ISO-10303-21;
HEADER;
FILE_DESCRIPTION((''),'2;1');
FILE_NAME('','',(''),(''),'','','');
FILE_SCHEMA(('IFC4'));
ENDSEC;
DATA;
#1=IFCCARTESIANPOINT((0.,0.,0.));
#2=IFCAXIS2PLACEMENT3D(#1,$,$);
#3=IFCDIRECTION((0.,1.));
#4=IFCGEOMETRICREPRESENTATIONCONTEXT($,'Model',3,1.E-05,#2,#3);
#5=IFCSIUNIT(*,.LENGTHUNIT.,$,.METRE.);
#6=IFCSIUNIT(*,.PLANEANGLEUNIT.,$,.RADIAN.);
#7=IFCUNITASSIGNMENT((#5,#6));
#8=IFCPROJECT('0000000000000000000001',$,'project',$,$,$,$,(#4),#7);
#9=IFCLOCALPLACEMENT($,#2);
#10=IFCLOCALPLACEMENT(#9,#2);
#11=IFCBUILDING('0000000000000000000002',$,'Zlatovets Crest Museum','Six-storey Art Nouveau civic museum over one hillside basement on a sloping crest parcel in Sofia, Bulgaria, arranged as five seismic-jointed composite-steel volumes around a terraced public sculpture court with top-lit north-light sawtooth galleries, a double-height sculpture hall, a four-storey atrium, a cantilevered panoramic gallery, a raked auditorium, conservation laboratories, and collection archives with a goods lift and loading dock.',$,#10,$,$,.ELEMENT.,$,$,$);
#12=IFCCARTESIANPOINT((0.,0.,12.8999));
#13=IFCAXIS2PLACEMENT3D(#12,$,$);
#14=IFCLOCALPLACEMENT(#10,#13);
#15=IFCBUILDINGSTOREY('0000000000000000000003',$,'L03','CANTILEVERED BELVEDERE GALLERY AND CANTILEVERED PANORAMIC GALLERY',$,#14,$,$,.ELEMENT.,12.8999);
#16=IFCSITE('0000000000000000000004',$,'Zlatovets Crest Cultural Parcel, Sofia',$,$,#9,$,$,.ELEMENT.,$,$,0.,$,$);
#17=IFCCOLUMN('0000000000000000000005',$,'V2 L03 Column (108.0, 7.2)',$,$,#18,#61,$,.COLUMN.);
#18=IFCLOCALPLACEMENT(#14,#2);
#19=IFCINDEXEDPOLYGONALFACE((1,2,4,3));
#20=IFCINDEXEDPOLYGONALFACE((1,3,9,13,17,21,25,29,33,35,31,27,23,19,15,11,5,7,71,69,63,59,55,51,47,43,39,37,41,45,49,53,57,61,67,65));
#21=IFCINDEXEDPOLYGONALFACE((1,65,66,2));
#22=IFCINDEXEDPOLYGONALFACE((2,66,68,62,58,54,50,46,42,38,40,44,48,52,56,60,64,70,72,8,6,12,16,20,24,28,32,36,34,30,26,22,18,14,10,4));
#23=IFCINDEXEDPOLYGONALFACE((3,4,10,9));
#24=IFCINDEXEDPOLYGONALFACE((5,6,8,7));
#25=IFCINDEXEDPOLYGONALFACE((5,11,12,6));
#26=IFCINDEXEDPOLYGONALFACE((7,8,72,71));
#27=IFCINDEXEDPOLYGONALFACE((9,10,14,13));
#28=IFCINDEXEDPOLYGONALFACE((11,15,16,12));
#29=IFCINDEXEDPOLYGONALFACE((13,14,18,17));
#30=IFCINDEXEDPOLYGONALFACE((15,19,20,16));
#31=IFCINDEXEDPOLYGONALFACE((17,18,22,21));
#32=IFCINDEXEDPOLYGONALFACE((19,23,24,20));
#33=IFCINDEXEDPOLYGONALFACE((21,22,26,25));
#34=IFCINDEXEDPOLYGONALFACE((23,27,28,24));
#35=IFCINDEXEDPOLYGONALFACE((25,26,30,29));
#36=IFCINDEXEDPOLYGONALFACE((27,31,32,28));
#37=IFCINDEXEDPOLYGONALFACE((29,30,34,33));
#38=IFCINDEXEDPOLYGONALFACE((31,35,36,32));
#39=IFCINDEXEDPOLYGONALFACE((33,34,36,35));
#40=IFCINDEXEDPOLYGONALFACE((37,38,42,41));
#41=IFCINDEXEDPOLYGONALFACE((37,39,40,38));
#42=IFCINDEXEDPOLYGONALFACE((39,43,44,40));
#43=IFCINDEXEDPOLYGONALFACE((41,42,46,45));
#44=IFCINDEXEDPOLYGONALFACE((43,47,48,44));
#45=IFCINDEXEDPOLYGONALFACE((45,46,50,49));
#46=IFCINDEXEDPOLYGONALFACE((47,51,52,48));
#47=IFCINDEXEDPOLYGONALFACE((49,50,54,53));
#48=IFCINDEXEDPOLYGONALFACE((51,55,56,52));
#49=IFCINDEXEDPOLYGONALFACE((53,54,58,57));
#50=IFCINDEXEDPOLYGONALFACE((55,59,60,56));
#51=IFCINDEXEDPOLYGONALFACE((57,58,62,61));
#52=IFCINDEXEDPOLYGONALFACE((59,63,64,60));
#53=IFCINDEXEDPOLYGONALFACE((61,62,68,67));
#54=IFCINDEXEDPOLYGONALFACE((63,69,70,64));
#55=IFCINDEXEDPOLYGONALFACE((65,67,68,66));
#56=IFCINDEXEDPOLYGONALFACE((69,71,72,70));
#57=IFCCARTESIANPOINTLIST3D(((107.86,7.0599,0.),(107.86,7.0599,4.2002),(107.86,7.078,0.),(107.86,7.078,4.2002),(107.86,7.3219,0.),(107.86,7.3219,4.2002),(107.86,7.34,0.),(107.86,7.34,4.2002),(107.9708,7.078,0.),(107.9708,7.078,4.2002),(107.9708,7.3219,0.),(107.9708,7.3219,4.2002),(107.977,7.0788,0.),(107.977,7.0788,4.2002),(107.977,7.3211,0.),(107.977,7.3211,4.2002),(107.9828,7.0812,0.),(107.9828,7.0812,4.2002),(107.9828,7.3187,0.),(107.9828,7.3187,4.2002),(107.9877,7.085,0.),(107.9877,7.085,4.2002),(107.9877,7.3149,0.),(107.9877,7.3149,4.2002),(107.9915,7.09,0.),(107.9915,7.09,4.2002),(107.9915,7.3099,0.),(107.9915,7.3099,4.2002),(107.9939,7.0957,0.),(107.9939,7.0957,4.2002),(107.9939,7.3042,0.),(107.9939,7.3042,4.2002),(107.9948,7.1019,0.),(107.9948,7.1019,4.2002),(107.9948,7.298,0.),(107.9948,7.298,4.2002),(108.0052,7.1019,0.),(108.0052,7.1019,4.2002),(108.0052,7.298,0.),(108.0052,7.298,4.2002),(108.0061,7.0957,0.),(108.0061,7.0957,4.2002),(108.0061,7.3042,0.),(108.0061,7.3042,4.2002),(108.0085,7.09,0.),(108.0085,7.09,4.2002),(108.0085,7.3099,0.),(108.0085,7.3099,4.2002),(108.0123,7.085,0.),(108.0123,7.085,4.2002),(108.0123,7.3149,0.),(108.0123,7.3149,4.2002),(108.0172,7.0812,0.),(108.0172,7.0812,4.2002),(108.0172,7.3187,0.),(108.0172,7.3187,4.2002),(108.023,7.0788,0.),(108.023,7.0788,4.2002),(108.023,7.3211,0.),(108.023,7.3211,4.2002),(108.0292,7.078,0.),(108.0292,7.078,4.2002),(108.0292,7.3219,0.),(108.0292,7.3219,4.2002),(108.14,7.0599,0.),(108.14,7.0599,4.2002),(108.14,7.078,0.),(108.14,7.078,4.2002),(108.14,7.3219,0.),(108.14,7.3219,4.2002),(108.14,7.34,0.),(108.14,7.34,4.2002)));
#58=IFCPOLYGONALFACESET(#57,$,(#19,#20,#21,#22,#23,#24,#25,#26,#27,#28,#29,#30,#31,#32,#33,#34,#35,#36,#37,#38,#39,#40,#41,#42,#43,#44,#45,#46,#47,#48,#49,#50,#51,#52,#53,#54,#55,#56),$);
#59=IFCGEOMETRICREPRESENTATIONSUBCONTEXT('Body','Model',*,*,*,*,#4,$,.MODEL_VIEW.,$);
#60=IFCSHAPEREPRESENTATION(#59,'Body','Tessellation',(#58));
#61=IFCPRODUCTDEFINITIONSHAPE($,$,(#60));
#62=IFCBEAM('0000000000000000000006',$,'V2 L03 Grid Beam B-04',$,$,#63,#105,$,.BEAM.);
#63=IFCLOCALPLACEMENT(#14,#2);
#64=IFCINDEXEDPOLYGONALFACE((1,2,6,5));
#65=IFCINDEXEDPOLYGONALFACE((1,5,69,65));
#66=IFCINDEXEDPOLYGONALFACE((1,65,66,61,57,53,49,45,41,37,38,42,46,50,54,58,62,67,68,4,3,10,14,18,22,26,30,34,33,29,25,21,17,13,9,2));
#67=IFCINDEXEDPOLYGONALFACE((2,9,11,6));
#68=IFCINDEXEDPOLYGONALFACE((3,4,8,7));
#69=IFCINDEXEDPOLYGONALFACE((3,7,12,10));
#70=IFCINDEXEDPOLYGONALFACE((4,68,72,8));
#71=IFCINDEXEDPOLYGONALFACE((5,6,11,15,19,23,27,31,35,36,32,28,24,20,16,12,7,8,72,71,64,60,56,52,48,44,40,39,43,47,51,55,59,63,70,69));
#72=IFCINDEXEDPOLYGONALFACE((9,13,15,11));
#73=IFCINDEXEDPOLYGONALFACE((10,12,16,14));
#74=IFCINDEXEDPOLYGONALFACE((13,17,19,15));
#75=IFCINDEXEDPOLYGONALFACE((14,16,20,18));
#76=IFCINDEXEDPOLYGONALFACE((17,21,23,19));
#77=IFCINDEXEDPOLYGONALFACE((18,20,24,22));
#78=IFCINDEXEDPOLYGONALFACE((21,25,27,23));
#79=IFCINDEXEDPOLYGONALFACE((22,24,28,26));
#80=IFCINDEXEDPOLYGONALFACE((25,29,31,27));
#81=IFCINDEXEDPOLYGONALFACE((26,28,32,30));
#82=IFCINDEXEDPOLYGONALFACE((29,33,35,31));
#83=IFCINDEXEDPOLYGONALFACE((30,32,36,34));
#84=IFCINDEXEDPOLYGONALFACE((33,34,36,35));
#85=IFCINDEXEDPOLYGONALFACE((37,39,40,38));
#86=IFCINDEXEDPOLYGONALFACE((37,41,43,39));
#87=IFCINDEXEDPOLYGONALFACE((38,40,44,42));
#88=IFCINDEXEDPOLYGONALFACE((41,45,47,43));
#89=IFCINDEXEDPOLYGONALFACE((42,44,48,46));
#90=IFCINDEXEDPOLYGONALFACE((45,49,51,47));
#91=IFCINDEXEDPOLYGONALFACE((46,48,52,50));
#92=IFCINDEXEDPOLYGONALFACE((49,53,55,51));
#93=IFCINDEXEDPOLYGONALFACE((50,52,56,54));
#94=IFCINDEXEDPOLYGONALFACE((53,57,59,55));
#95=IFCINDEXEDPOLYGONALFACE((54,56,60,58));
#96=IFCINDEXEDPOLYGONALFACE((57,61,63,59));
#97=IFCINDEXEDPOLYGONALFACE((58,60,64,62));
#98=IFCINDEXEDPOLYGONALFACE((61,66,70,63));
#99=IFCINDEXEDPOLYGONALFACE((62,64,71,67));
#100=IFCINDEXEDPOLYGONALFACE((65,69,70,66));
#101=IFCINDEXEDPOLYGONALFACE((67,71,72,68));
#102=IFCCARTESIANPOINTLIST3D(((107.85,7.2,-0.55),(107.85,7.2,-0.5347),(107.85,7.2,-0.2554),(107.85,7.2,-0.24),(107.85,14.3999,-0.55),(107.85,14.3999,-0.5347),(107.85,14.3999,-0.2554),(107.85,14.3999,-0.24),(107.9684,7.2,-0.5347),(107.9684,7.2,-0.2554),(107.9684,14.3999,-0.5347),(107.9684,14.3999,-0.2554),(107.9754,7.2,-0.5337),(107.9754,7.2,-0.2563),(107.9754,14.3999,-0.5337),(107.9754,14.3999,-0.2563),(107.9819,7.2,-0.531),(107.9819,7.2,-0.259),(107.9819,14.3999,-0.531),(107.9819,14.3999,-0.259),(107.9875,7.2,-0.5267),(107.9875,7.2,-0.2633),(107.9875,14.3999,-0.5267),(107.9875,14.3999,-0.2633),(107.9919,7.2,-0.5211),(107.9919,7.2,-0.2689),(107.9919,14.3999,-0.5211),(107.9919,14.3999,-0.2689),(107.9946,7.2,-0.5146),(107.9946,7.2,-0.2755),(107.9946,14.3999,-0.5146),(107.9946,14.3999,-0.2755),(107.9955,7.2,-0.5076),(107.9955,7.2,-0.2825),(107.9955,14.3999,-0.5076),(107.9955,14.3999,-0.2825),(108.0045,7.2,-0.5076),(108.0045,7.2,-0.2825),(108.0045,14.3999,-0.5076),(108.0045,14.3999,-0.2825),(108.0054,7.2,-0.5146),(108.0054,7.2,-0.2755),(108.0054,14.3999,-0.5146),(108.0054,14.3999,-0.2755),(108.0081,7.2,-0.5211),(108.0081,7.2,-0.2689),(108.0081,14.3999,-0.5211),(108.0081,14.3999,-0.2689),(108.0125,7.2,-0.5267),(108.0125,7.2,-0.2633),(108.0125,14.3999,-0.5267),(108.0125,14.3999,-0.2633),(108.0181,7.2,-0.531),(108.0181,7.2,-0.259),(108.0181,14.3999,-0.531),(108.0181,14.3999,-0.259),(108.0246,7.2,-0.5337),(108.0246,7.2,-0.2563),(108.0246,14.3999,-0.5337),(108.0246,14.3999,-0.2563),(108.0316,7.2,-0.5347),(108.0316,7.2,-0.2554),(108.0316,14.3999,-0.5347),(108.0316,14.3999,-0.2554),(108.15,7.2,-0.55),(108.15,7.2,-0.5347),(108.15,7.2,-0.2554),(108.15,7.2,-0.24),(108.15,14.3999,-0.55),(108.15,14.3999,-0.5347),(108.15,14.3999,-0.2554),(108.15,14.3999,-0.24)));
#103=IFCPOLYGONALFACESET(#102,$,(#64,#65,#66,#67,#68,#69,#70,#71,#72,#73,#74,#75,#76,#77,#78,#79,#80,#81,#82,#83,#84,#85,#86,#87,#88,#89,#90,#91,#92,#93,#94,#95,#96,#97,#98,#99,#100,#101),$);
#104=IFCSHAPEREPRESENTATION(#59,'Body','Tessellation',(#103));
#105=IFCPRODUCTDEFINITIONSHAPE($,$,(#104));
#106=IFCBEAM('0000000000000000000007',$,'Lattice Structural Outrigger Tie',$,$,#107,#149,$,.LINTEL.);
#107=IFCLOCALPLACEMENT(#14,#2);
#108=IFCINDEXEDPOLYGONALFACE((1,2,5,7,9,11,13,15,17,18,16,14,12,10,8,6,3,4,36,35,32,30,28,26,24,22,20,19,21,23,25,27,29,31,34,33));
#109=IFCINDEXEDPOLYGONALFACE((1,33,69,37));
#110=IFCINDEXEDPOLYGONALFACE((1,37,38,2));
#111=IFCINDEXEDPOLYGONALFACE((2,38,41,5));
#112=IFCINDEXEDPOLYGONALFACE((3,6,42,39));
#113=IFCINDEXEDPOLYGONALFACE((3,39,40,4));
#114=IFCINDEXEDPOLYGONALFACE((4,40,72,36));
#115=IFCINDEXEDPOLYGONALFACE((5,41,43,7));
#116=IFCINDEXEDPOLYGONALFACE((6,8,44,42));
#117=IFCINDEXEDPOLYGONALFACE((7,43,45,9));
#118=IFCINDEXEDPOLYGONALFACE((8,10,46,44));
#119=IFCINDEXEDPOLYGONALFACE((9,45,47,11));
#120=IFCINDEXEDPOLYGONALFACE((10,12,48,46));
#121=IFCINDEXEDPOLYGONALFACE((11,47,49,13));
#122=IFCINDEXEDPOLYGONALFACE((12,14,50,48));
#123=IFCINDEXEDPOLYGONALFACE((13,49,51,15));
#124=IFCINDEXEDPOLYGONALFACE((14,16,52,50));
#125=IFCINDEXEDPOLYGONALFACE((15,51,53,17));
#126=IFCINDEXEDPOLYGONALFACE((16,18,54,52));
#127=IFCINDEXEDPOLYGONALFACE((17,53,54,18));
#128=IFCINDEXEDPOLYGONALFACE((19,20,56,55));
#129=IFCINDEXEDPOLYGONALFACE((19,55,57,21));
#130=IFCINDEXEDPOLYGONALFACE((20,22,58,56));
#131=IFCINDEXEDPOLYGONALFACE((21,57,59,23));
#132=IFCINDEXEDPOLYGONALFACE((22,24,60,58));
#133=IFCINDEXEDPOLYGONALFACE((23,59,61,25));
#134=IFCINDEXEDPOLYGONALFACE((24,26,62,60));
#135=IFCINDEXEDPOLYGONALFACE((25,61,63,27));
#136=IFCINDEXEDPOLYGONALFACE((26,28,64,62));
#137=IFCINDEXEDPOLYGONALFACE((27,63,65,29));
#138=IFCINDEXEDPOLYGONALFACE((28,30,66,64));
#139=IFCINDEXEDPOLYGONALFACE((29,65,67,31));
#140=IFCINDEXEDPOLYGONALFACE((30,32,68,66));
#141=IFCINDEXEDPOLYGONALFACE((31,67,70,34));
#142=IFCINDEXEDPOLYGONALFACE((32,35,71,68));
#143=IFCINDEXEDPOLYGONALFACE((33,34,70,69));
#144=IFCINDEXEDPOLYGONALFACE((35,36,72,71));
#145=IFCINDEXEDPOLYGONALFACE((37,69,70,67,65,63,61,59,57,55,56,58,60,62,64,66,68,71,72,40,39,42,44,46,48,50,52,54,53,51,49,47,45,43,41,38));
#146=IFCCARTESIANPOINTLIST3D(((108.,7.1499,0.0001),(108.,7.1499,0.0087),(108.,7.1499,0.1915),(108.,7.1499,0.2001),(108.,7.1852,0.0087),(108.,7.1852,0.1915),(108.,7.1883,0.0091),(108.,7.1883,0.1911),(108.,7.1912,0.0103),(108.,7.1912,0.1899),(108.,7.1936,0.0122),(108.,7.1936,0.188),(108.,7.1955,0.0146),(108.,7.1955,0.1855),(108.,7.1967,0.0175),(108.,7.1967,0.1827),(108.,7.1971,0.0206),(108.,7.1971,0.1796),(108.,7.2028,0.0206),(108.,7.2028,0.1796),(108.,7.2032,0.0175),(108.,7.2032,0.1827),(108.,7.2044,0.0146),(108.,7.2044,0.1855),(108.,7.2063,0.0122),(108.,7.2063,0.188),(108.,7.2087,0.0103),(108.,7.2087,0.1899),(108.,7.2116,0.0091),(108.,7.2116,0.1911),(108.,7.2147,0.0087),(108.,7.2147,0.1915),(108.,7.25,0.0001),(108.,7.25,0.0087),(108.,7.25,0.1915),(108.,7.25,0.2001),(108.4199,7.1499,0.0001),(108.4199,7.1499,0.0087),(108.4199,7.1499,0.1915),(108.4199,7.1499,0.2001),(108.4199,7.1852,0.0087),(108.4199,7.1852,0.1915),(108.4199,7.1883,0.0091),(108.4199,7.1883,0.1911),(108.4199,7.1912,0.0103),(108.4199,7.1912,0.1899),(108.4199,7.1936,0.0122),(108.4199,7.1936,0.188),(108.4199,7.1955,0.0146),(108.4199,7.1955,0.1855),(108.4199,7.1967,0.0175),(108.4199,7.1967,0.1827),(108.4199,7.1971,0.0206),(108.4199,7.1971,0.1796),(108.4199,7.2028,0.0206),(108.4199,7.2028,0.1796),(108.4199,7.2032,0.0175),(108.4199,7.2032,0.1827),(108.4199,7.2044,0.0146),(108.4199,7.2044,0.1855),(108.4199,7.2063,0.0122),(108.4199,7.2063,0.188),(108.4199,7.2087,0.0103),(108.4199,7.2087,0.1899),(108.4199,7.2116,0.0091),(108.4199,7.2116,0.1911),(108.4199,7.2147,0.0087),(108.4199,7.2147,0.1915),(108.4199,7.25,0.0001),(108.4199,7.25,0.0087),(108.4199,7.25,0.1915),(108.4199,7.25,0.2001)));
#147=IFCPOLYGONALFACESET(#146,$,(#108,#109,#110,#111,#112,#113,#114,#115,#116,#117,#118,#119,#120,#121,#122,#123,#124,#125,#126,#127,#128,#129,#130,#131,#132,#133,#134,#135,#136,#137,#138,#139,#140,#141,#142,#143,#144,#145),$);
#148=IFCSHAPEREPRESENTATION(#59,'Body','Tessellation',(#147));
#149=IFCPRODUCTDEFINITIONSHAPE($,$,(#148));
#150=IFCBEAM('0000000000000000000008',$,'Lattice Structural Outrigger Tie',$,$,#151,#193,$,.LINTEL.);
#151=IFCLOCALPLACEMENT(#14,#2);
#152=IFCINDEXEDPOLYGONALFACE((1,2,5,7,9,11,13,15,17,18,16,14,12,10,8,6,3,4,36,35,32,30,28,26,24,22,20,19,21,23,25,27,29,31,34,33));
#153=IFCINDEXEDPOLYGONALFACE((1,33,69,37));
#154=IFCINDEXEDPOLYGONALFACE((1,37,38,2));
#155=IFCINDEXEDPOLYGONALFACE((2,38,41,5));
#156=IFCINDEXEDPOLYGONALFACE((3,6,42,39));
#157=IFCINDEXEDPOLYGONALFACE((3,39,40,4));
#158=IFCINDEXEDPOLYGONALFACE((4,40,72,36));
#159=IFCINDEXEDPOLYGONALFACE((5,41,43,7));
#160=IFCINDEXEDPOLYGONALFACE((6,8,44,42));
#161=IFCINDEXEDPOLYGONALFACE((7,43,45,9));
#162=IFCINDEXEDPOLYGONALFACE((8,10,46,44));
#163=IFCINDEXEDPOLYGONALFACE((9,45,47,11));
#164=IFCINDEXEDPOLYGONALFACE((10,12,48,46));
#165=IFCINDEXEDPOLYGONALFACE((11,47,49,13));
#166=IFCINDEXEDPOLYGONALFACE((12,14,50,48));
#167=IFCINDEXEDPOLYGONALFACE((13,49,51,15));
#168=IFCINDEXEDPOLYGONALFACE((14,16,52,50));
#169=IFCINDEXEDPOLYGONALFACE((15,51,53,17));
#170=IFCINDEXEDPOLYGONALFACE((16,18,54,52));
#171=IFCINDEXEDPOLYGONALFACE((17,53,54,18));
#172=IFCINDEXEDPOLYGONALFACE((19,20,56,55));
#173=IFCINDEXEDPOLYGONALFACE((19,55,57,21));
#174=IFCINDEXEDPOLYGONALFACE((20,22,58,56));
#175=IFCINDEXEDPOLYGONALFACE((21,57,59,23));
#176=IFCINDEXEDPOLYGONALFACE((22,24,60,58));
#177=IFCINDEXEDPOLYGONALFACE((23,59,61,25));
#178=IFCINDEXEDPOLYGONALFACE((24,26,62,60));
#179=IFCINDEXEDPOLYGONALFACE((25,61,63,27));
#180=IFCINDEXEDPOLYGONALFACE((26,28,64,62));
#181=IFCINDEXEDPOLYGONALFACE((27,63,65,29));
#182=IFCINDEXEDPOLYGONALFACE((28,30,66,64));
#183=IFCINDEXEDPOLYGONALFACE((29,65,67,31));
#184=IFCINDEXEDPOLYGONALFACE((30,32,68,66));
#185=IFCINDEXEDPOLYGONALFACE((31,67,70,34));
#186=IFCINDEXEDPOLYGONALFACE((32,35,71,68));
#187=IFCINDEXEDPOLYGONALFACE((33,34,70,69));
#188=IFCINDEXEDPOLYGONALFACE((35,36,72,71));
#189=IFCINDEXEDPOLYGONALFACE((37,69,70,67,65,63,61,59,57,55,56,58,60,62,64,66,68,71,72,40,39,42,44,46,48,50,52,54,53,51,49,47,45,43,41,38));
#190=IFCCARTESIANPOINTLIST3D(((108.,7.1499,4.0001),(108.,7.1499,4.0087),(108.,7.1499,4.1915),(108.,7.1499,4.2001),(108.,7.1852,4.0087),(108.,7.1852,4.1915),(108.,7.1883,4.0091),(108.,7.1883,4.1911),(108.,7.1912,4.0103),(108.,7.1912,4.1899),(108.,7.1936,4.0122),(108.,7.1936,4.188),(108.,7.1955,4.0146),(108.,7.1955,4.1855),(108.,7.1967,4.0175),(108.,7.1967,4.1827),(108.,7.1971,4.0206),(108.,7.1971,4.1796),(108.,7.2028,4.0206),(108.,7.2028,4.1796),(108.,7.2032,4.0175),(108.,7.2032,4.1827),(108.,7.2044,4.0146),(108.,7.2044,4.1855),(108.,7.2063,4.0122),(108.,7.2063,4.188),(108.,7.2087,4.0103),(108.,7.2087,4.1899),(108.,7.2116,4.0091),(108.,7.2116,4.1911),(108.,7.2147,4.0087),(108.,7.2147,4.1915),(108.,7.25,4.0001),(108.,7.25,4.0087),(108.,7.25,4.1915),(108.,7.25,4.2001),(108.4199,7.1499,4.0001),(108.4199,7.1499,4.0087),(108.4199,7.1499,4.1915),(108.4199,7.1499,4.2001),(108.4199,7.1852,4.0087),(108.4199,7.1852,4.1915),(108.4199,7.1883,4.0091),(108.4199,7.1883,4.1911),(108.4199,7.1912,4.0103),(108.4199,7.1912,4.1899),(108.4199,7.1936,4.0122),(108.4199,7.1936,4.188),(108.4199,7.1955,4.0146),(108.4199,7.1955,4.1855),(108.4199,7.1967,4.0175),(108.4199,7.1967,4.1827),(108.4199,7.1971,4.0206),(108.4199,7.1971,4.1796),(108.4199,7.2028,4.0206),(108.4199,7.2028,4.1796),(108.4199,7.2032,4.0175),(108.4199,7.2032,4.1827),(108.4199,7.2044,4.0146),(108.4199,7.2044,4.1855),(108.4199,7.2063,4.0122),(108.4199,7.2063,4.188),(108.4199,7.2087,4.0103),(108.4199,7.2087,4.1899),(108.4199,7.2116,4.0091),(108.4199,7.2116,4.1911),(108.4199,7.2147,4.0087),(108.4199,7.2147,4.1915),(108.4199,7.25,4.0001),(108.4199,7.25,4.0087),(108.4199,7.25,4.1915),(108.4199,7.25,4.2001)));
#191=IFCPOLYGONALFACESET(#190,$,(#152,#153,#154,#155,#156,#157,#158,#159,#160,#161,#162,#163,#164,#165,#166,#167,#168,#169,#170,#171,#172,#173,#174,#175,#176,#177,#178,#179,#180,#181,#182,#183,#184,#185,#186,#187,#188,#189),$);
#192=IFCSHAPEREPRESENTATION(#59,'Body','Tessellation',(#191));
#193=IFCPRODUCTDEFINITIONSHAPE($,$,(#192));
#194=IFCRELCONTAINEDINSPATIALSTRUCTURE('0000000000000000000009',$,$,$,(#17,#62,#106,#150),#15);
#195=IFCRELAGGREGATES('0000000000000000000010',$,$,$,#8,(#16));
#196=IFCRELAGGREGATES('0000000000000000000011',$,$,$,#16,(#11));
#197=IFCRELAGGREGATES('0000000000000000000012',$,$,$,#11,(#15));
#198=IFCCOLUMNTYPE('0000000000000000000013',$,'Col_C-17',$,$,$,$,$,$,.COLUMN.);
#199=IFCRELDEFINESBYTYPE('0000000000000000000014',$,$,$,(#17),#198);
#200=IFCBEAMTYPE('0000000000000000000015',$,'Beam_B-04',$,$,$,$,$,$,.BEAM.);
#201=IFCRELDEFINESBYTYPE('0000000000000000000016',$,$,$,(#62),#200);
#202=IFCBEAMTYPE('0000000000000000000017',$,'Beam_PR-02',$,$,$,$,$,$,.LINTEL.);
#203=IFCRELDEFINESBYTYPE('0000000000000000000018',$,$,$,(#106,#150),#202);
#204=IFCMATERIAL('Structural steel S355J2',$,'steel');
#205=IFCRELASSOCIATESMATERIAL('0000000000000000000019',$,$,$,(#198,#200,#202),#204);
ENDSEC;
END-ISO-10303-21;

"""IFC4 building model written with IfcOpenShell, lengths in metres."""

from ifc_helpers import new_model, si_unit, direction, frame, origin, origin_2d, place, context, subcontext, project, spatial, i_section, extrude, material, material_profile, profile_set, type_object, element, save


model = new_model("IFC4")

# Units and contexts
model_context = context("Model", 3, precision=1e-05, world=origin(), true_north=direction((0.0, 1.0)))
body_context = subcontext(model_context, "Body", "Model", "MODEL_VIEW")
ifc_project = project(units=[si_unit("LENGTHUNIT", "METRE"), si_unit("PLANEANGLEUNIT", "RADIAN")], contexts=[model_context])

# Site, building, storey
site_placement = place(None, origin())
site = spatial("IfcSite", under=ifc_project, at=site_placement, Name="Zlatovets Crest Cultural Parcel, Sofia", CompositionType="ELEMENT", RefElevation=0.0)
building_placement = place(site_placement, origin())
building = spatial("IfcBuilding", under=site, at=building_placement, Name="Zlatovets Crest Museum", Description="Six-storey Art Nouveau civic museum over one hillside basement on a sloping crest parcel in Sofia, Bulgaria, arranged as five seismic-jointed composite-steel volumes around a terraced public sculpture court with top-lit north-light sawtooth galleries, a double-height sculpture hall, a four-storey atrium, a cantilevered panoramic gallery, a raked auditorium, conservation laboratories, and collection archives with a goods lift and loading dock.", CompositionType="ELEMENT")
storey_placement = place(building_placement, frame((0.0, 0.0, 12.8999)))
storey = spatial("IfcBuildingStorey", under=building, at=storey_placement, Name="L03", Description="CANTILEVERED BELVEDERE GALLERY AND CANTILEVERED PANORAMIC GALLERY", CompositionType="ELEMENT", Elevation=12.8999)

# Column
ifc_material_1 = material(Name="Structural steel S355J2", Category="steel")
ifc_material_profile_1 = material_profile(ifc_material_1, i_section(OverallWidth=0.28, OverallDepth=0.28, WebThickness=0.0105, FlangeThickness=0.0181, FilletRadius=0.0239, at=origin_2d()), Name="HEB 280")
ifc_profile_set_1 = profile_set([ifc_material_profile_1], Name="Structural steel S355J2")
column_type = type_object("IfcColumnType", Name="Col_C-17", PredefinedType="COLUMN", material=ifc_profile_set_1)
column_placement = place(storey_placement, frame((108.0, 7.2, 0.0), z_axis=(0.0, 0.0, 1.0), x_axis=(1.0, 0.0, 0.0)))
element("IfcColumn", 1, at=column_placement, inside=storey, type_object=column_type, Name="V2 L03 Column (108.0, 7.2)", PredefinedType="COLUMN", context=body_context, shape_type="SweptSolid", body=[
    extrude(i_section(OverallWidth=0.28, OverallDepth=0.28, WebThickness=0.0105, FlangeThickness=0.0181, FilletRadius=0.0239, at=origin_2d()), origin(), (0.0, 0.0, 1.0), 4.2002),
])

# Beams
ifc_material_profile_2 = material_profile(ifc_material_1, i_section(OverallWidth=0.3, OverallDepth=0.3101, WebThickness=0.009, FlangeThickness=0.0154, FilletRadius=0.0271, at=origin_2d()), Name="HEA 320")
ifc_profile_set_2 = profile_set([ifc_material_profile_2], Name="Structural steel S355J2")
beam_type_1 = type_object("IfcBeamType", Name="Beam_B-04", PredefinedType="BEAM", material=ifc_profile_set_2)
beam_placement = place(storey_placement, frame((108.0, 7.2, -0.395), z_axis=(0.0, 1.0, 0.0), x_axis=(-1.0, 0.0, 0.0)))
element("IfcBeam", 2, at=beam_placement, inside=storey, type_object=beam_type_1, Name="V2 L03 Grid Beam B-04", PredefinedType="BEAM", context=body_context, shape_type="SweptSolid", body=[
    extrude(i_section(OverallWidth=0.3, OverallDepth=0.3101, WebThickness=0.009, FlangeThickness=0.0154, FilletRadius=0.0271, at=origin_2d()), origin(), (0.0, 0.0, 1.0), 7.2),
])
ifc_material_profile_3 = material_profile(ifc_material_1, i_section(OverallWidth=0.1001, OverallDepth=0.2, WebThickness=0.0056, FlangeThickness=0.0085, FilletRadius=0.012, at=origin_2d()), Name="IPE 200")
ifc_profile_set_3 = profile_set([ifc_material_profile_3], Name="Structural steel S355J2")
beam_type_2 = type_object("IfcBeamType", Name="Beam_PR-02", PredefinedType="LINTEL", material=ifc_profile_set_3)
for number, where, z_axis, x_axis, name in (
    (3, (108.0, 7.2, 0.1001), (1.0, 0.0, 0.0), (0.0, 1.0, 0.0), "Lattice Structural Outrigger Tie"),
    (4, (108.0, 7.2, 4.1001), (1.0, 0.0, 0.0), (0.0, 1.0, 0.0), "Lattice Structural Outrigger Tie"),
):
    element("IfcBeam", number, at=place(storey_placement, frame(where, z_axis=z_axis, x_axis=x_axis)), inside=storey, type_object=beam_type_2, Name=name, PredefinedType="LINTEL", context=body_context, shape_type="SweptSolid", body=[
        extrude(i_section(OverallWidth=0.1001, OverallDepth=0.2, WebThickness=0.0056, FlangeThickness=0.0085, FilletRadius=0.012, at=origin_2d()), origin(), (0.0, 0.0, 1.0), 0.4199),
    ])

save(model, "model.ifc")
